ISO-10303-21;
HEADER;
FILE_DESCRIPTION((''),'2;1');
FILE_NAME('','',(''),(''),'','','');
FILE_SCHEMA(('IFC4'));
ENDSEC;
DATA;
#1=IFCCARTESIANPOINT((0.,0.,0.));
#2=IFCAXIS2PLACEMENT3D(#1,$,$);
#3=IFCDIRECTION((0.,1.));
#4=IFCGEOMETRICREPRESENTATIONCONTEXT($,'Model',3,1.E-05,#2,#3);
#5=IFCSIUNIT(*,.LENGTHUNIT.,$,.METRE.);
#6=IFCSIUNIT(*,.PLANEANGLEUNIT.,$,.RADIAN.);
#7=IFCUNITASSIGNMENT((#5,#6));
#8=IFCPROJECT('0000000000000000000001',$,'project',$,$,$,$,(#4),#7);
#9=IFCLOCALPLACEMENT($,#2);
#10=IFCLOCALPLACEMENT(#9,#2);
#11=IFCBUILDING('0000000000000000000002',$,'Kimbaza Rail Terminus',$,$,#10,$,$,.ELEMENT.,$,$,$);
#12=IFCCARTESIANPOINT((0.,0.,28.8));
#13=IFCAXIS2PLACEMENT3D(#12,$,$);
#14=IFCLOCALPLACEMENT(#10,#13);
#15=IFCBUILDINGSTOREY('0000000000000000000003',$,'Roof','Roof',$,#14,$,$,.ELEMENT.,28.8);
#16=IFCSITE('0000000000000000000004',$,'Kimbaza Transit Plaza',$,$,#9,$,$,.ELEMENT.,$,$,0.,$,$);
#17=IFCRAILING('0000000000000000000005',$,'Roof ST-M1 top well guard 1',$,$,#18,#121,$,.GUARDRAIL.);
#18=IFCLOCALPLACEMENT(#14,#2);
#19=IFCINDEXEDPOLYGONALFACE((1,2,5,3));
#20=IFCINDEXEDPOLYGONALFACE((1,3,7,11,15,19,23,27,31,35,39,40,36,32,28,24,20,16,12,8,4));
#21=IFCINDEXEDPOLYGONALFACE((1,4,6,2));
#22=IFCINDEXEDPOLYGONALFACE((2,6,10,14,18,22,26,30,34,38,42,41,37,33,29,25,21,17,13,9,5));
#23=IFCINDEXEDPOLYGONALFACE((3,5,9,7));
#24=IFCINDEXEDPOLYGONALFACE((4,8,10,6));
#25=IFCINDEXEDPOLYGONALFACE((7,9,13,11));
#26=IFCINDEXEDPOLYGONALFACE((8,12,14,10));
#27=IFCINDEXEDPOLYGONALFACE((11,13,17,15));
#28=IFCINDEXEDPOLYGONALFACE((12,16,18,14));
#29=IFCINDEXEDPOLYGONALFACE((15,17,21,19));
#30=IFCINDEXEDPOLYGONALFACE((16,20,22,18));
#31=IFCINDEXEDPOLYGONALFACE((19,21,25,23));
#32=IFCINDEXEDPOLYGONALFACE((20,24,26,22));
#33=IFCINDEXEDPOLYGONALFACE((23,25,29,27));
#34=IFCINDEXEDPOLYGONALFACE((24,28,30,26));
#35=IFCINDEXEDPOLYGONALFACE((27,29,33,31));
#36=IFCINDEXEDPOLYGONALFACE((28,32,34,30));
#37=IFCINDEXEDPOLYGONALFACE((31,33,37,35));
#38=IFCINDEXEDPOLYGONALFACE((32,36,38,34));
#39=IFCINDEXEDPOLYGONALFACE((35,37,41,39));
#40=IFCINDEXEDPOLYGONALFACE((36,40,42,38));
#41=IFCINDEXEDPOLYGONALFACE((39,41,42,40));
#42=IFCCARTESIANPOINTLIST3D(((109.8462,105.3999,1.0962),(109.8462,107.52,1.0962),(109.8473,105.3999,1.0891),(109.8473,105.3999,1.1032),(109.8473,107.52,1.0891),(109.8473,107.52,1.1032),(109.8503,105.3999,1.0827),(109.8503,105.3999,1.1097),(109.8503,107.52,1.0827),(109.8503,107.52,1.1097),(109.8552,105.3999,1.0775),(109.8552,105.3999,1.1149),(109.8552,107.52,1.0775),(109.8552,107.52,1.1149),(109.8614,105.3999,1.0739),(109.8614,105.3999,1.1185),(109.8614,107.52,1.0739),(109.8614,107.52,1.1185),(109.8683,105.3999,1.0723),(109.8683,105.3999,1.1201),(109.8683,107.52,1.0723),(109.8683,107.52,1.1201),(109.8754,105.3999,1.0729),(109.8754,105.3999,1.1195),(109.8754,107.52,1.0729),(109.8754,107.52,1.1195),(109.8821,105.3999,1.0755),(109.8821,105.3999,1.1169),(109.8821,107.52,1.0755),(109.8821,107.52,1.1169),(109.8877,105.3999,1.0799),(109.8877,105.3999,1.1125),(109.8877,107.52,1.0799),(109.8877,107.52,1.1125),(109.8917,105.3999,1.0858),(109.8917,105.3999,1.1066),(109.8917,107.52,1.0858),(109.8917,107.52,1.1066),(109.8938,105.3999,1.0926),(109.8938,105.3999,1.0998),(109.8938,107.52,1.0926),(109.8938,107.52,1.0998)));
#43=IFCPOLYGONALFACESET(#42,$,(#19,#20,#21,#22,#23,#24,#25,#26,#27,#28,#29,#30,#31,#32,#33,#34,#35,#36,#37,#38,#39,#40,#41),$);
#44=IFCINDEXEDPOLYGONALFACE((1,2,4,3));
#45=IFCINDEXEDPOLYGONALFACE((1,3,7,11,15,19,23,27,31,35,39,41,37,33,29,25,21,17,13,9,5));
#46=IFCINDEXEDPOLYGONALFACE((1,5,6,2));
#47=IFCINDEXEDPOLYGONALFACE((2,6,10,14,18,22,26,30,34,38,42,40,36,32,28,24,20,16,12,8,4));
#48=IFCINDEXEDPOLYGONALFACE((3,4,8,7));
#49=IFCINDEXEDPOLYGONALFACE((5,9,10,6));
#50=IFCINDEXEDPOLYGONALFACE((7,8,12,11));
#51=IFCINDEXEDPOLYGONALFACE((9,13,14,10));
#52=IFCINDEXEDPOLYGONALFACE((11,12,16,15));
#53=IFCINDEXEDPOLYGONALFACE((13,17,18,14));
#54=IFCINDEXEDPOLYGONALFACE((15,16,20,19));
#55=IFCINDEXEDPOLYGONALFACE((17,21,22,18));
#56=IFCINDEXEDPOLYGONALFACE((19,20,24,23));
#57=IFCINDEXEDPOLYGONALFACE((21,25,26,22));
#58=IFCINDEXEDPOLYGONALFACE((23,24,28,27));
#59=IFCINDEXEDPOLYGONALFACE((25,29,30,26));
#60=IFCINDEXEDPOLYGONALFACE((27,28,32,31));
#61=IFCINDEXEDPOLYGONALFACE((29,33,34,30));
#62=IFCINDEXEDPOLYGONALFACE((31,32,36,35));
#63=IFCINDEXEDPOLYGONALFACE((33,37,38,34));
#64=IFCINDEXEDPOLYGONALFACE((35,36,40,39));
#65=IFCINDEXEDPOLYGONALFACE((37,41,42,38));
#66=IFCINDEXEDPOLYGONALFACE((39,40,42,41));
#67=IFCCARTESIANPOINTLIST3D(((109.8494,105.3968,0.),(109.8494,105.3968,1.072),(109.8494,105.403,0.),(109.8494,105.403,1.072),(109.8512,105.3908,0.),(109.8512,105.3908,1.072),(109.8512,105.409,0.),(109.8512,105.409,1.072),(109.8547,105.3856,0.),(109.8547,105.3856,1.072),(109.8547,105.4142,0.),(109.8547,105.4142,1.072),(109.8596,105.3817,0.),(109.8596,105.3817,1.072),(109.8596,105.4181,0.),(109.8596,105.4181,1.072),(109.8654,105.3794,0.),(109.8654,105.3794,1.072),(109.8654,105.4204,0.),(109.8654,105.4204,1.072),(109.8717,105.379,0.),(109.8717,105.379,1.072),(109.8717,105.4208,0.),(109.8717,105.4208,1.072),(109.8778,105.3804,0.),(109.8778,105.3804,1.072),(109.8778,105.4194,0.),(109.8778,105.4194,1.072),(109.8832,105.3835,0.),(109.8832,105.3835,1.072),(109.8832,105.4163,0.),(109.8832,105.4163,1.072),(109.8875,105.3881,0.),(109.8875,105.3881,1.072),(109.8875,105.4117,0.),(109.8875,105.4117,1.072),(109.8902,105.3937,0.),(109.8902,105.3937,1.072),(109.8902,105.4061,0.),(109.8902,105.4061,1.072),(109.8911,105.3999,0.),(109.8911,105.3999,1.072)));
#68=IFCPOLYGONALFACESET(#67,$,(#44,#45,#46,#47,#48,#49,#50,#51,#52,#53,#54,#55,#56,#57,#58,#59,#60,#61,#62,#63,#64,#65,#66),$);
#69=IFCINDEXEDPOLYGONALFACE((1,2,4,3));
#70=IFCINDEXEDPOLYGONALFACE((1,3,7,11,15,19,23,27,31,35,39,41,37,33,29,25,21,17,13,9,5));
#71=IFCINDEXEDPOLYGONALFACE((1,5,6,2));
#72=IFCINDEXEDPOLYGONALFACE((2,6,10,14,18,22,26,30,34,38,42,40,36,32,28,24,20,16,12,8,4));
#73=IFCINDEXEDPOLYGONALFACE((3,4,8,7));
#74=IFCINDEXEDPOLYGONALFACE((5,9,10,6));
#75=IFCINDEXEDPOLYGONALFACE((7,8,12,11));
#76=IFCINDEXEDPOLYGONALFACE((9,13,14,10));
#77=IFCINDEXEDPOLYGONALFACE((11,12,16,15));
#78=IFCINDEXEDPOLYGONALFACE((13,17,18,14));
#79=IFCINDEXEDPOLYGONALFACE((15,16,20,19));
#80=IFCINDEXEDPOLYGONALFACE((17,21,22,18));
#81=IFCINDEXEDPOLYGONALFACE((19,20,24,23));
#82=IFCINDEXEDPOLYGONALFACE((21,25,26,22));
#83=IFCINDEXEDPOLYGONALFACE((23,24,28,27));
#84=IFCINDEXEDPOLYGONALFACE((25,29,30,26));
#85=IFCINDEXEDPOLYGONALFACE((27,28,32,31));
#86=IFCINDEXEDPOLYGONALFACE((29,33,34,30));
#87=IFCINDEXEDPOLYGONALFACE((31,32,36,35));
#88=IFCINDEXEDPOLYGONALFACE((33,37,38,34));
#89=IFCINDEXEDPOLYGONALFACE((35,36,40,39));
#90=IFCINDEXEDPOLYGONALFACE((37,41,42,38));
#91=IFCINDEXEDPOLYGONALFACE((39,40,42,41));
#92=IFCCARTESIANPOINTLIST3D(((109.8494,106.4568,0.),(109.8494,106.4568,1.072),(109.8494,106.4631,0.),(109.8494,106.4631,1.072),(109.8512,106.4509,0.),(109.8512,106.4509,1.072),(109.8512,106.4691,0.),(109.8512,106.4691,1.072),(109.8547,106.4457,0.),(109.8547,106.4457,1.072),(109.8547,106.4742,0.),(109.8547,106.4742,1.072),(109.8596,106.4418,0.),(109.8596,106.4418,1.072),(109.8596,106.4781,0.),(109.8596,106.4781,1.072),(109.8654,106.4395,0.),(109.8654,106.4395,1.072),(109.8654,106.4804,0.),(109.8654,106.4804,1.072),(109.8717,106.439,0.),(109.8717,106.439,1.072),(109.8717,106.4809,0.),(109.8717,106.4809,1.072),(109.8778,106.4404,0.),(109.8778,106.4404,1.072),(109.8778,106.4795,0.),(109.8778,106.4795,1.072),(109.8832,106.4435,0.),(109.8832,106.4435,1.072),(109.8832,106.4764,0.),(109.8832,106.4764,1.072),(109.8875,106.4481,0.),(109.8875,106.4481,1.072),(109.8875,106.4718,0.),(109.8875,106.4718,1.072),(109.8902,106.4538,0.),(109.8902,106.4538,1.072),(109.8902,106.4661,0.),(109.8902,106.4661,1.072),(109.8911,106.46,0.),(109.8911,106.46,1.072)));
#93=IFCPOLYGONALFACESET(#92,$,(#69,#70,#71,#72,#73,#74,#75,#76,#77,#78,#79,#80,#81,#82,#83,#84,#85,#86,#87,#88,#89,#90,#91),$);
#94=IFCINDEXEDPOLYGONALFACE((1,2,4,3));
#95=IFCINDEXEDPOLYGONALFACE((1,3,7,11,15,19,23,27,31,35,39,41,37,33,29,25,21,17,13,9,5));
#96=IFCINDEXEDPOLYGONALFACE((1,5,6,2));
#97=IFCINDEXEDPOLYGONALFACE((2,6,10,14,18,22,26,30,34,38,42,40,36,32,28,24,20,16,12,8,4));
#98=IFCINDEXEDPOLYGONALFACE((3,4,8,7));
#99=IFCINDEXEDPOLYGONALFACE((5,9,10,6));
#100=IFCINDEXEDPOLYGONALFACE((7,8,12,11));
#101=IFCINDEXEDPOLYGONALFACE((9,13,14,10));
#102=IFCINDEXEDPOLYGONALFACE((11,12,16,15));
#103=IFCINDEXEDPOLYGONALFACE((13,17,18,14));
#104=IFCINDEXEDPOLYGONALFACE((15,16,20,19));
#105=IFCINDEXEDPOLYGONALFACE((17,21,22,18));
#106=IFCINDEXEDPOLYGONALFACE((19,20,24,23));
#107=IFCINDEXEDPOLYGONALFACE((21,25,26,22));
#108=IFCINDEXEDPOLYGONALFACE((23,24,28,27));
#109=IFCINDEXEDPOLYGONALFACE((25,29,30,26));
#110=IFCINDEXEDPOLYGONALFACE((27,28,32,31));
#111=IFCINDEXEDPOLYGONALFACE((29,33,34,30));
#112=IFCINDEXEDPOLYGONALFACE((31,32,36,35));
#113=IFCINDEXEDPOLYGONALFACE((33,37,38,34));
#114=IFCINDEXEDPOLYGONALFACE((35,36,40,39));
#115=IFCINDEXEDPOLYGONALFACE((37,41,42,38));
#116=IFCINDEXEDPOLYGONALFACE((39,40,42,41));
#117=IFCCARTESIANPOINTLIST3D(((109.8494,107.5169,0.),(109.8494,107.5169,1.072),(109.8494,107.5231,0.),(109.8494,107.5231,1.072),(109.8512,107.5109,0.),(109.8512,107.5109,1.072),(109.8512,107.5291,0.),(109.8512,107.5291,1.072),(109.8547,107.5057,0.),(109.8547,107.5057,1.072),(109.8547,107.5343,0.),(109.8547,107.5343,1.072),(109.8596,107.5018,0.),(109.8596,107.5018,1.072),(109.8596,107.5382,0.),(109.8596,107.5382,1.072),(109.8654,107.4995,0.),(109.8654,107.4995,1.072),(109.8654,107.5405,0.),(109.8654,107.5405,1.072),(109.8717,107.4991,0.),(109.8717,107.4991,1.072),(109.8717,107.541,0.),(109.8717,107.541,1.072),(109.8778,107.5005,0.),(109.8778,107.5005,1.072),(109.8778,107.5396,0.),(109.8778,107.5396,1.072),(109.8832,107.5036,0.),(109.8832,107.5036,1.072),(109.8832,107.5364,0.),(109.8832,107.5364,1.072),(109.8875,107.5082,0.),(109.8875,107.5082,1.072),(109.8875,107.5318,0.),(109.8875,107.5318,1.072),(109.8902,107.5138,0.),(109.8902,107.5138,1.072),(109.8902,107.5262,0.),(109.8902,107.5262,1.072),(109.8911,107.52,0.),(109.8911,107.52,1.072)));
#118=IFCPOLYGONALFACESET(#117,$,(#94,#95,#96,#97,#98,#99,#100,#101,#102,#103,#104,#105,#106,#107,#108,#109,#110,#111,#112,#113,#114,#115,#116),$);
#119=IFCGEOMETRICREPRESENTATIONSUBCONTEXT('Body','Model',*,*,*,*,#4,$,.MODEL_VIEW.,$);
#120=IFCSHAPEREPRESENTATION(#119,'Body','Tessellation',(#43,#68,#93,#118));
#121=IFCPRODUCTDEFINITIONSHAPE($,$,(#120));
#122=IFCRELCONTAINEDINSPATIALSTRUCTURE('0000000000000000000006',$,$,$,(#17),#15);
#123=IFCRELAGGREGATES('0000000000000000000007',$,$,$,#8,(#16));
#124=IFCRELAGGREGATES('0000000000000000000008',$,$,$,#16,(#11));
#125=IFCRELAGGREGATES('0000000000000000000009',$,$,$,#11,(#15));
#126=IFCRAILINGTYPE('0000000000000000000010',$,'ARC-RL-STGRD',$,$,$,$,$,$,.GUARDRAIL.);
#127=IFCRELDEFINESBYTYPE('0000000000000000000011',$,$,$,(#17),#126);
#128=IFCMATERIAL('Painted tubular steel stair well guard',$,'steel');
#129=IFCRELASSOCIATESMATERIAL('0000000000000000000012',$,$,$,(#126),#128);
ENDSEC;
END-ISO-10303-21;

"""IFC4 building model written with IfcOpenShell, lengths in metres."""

from ifc_helpers import new_model, si_unit, direction, frame, origin, origin_2d, place, context, subcontext, project, spatial, circle, extrude, material, type_object, element, save


model = new_model("IFC4")

# Units and contexts
model_context = context("Model", 3, precision=1e-05, world=origin(), true_north=direction((0.0, 1.0)))
body_context = subcontext(model_context, "Body", "Model", "MODEL_VIEW")
ifc_project = project(units=[si_unit("LENGTHUNIT", "METRE"), si_unit("PLANEANGLEUNIT", "RADIAN")], contexts=[model_context])

# Site, building, storey
site_placement = place(None, origin())
site = spatial("IfcSite", under=ifc_project, at=site_placement, Name="Kimbaza Transit Plaza", CompositionType="ELEMENT", RefElevation=0.0)
building_placement = place(site_placement, origin())
building = spatial("IfcBuilding", under=site, at=building_placement, Name="Kimbaza Rail Terminus", CompositionType="ELEMENT")
storey_placement = place(building_placement, frame((0.0, 0.0, 28.8)))
storey = spatial("IfcBuildingStorey", under=building, at=storey_placement, Name="Roof", Description="Roof", CompositionType="ELEMENT", Elevation=28.8)

# Railing
ifc_material_1 = material(Name="Painted tubular steel stair well guard", Category="steel")
railing_type = type_object("IfcRailingType", Name="ARC-RL-STGRD", PredefinedType="GUARDRAIL", material=ifc_material_1)
railing_placement = place(storey_placement, frame((109.8701, 105.3999, 0.0)))
element("IfcRailing", 1, at=railing_placement, inside=storey, type_object=railing_type, Name="Roof ST-M1 top well guard 1", PredefinedType="GUARDRAIL", context=body_context, shape_type="SweptSolid", body=[
    extrude(circle(Radius=0.0239, at=origin_2d()), frame((0.0, 0.0, 1.0962), z_axis=(0.0, 1.0, 0.0), x_axis=(-1.0, 0.0, 0.0)), (0.0, 0.0, 1.0), 2.1201),
    extrude(circle(Radius=0.021, at=origin_2d()), origin(), (0.0, 0.0, 1.0), 1.072),
    extrude(circle(Radius=0.021, at=origin_2d()), frame((0.0, 1.0601, 0.0)), (0.0, 0.0, 1.0), 1.072),
    extrude(circle(Radius=0.021, at=origin_2d()), frame((0.0, 2.1201, 0.0)), (0.0, 0.0, 1.0), 1.072),
])

save(model, "model.ifc")
